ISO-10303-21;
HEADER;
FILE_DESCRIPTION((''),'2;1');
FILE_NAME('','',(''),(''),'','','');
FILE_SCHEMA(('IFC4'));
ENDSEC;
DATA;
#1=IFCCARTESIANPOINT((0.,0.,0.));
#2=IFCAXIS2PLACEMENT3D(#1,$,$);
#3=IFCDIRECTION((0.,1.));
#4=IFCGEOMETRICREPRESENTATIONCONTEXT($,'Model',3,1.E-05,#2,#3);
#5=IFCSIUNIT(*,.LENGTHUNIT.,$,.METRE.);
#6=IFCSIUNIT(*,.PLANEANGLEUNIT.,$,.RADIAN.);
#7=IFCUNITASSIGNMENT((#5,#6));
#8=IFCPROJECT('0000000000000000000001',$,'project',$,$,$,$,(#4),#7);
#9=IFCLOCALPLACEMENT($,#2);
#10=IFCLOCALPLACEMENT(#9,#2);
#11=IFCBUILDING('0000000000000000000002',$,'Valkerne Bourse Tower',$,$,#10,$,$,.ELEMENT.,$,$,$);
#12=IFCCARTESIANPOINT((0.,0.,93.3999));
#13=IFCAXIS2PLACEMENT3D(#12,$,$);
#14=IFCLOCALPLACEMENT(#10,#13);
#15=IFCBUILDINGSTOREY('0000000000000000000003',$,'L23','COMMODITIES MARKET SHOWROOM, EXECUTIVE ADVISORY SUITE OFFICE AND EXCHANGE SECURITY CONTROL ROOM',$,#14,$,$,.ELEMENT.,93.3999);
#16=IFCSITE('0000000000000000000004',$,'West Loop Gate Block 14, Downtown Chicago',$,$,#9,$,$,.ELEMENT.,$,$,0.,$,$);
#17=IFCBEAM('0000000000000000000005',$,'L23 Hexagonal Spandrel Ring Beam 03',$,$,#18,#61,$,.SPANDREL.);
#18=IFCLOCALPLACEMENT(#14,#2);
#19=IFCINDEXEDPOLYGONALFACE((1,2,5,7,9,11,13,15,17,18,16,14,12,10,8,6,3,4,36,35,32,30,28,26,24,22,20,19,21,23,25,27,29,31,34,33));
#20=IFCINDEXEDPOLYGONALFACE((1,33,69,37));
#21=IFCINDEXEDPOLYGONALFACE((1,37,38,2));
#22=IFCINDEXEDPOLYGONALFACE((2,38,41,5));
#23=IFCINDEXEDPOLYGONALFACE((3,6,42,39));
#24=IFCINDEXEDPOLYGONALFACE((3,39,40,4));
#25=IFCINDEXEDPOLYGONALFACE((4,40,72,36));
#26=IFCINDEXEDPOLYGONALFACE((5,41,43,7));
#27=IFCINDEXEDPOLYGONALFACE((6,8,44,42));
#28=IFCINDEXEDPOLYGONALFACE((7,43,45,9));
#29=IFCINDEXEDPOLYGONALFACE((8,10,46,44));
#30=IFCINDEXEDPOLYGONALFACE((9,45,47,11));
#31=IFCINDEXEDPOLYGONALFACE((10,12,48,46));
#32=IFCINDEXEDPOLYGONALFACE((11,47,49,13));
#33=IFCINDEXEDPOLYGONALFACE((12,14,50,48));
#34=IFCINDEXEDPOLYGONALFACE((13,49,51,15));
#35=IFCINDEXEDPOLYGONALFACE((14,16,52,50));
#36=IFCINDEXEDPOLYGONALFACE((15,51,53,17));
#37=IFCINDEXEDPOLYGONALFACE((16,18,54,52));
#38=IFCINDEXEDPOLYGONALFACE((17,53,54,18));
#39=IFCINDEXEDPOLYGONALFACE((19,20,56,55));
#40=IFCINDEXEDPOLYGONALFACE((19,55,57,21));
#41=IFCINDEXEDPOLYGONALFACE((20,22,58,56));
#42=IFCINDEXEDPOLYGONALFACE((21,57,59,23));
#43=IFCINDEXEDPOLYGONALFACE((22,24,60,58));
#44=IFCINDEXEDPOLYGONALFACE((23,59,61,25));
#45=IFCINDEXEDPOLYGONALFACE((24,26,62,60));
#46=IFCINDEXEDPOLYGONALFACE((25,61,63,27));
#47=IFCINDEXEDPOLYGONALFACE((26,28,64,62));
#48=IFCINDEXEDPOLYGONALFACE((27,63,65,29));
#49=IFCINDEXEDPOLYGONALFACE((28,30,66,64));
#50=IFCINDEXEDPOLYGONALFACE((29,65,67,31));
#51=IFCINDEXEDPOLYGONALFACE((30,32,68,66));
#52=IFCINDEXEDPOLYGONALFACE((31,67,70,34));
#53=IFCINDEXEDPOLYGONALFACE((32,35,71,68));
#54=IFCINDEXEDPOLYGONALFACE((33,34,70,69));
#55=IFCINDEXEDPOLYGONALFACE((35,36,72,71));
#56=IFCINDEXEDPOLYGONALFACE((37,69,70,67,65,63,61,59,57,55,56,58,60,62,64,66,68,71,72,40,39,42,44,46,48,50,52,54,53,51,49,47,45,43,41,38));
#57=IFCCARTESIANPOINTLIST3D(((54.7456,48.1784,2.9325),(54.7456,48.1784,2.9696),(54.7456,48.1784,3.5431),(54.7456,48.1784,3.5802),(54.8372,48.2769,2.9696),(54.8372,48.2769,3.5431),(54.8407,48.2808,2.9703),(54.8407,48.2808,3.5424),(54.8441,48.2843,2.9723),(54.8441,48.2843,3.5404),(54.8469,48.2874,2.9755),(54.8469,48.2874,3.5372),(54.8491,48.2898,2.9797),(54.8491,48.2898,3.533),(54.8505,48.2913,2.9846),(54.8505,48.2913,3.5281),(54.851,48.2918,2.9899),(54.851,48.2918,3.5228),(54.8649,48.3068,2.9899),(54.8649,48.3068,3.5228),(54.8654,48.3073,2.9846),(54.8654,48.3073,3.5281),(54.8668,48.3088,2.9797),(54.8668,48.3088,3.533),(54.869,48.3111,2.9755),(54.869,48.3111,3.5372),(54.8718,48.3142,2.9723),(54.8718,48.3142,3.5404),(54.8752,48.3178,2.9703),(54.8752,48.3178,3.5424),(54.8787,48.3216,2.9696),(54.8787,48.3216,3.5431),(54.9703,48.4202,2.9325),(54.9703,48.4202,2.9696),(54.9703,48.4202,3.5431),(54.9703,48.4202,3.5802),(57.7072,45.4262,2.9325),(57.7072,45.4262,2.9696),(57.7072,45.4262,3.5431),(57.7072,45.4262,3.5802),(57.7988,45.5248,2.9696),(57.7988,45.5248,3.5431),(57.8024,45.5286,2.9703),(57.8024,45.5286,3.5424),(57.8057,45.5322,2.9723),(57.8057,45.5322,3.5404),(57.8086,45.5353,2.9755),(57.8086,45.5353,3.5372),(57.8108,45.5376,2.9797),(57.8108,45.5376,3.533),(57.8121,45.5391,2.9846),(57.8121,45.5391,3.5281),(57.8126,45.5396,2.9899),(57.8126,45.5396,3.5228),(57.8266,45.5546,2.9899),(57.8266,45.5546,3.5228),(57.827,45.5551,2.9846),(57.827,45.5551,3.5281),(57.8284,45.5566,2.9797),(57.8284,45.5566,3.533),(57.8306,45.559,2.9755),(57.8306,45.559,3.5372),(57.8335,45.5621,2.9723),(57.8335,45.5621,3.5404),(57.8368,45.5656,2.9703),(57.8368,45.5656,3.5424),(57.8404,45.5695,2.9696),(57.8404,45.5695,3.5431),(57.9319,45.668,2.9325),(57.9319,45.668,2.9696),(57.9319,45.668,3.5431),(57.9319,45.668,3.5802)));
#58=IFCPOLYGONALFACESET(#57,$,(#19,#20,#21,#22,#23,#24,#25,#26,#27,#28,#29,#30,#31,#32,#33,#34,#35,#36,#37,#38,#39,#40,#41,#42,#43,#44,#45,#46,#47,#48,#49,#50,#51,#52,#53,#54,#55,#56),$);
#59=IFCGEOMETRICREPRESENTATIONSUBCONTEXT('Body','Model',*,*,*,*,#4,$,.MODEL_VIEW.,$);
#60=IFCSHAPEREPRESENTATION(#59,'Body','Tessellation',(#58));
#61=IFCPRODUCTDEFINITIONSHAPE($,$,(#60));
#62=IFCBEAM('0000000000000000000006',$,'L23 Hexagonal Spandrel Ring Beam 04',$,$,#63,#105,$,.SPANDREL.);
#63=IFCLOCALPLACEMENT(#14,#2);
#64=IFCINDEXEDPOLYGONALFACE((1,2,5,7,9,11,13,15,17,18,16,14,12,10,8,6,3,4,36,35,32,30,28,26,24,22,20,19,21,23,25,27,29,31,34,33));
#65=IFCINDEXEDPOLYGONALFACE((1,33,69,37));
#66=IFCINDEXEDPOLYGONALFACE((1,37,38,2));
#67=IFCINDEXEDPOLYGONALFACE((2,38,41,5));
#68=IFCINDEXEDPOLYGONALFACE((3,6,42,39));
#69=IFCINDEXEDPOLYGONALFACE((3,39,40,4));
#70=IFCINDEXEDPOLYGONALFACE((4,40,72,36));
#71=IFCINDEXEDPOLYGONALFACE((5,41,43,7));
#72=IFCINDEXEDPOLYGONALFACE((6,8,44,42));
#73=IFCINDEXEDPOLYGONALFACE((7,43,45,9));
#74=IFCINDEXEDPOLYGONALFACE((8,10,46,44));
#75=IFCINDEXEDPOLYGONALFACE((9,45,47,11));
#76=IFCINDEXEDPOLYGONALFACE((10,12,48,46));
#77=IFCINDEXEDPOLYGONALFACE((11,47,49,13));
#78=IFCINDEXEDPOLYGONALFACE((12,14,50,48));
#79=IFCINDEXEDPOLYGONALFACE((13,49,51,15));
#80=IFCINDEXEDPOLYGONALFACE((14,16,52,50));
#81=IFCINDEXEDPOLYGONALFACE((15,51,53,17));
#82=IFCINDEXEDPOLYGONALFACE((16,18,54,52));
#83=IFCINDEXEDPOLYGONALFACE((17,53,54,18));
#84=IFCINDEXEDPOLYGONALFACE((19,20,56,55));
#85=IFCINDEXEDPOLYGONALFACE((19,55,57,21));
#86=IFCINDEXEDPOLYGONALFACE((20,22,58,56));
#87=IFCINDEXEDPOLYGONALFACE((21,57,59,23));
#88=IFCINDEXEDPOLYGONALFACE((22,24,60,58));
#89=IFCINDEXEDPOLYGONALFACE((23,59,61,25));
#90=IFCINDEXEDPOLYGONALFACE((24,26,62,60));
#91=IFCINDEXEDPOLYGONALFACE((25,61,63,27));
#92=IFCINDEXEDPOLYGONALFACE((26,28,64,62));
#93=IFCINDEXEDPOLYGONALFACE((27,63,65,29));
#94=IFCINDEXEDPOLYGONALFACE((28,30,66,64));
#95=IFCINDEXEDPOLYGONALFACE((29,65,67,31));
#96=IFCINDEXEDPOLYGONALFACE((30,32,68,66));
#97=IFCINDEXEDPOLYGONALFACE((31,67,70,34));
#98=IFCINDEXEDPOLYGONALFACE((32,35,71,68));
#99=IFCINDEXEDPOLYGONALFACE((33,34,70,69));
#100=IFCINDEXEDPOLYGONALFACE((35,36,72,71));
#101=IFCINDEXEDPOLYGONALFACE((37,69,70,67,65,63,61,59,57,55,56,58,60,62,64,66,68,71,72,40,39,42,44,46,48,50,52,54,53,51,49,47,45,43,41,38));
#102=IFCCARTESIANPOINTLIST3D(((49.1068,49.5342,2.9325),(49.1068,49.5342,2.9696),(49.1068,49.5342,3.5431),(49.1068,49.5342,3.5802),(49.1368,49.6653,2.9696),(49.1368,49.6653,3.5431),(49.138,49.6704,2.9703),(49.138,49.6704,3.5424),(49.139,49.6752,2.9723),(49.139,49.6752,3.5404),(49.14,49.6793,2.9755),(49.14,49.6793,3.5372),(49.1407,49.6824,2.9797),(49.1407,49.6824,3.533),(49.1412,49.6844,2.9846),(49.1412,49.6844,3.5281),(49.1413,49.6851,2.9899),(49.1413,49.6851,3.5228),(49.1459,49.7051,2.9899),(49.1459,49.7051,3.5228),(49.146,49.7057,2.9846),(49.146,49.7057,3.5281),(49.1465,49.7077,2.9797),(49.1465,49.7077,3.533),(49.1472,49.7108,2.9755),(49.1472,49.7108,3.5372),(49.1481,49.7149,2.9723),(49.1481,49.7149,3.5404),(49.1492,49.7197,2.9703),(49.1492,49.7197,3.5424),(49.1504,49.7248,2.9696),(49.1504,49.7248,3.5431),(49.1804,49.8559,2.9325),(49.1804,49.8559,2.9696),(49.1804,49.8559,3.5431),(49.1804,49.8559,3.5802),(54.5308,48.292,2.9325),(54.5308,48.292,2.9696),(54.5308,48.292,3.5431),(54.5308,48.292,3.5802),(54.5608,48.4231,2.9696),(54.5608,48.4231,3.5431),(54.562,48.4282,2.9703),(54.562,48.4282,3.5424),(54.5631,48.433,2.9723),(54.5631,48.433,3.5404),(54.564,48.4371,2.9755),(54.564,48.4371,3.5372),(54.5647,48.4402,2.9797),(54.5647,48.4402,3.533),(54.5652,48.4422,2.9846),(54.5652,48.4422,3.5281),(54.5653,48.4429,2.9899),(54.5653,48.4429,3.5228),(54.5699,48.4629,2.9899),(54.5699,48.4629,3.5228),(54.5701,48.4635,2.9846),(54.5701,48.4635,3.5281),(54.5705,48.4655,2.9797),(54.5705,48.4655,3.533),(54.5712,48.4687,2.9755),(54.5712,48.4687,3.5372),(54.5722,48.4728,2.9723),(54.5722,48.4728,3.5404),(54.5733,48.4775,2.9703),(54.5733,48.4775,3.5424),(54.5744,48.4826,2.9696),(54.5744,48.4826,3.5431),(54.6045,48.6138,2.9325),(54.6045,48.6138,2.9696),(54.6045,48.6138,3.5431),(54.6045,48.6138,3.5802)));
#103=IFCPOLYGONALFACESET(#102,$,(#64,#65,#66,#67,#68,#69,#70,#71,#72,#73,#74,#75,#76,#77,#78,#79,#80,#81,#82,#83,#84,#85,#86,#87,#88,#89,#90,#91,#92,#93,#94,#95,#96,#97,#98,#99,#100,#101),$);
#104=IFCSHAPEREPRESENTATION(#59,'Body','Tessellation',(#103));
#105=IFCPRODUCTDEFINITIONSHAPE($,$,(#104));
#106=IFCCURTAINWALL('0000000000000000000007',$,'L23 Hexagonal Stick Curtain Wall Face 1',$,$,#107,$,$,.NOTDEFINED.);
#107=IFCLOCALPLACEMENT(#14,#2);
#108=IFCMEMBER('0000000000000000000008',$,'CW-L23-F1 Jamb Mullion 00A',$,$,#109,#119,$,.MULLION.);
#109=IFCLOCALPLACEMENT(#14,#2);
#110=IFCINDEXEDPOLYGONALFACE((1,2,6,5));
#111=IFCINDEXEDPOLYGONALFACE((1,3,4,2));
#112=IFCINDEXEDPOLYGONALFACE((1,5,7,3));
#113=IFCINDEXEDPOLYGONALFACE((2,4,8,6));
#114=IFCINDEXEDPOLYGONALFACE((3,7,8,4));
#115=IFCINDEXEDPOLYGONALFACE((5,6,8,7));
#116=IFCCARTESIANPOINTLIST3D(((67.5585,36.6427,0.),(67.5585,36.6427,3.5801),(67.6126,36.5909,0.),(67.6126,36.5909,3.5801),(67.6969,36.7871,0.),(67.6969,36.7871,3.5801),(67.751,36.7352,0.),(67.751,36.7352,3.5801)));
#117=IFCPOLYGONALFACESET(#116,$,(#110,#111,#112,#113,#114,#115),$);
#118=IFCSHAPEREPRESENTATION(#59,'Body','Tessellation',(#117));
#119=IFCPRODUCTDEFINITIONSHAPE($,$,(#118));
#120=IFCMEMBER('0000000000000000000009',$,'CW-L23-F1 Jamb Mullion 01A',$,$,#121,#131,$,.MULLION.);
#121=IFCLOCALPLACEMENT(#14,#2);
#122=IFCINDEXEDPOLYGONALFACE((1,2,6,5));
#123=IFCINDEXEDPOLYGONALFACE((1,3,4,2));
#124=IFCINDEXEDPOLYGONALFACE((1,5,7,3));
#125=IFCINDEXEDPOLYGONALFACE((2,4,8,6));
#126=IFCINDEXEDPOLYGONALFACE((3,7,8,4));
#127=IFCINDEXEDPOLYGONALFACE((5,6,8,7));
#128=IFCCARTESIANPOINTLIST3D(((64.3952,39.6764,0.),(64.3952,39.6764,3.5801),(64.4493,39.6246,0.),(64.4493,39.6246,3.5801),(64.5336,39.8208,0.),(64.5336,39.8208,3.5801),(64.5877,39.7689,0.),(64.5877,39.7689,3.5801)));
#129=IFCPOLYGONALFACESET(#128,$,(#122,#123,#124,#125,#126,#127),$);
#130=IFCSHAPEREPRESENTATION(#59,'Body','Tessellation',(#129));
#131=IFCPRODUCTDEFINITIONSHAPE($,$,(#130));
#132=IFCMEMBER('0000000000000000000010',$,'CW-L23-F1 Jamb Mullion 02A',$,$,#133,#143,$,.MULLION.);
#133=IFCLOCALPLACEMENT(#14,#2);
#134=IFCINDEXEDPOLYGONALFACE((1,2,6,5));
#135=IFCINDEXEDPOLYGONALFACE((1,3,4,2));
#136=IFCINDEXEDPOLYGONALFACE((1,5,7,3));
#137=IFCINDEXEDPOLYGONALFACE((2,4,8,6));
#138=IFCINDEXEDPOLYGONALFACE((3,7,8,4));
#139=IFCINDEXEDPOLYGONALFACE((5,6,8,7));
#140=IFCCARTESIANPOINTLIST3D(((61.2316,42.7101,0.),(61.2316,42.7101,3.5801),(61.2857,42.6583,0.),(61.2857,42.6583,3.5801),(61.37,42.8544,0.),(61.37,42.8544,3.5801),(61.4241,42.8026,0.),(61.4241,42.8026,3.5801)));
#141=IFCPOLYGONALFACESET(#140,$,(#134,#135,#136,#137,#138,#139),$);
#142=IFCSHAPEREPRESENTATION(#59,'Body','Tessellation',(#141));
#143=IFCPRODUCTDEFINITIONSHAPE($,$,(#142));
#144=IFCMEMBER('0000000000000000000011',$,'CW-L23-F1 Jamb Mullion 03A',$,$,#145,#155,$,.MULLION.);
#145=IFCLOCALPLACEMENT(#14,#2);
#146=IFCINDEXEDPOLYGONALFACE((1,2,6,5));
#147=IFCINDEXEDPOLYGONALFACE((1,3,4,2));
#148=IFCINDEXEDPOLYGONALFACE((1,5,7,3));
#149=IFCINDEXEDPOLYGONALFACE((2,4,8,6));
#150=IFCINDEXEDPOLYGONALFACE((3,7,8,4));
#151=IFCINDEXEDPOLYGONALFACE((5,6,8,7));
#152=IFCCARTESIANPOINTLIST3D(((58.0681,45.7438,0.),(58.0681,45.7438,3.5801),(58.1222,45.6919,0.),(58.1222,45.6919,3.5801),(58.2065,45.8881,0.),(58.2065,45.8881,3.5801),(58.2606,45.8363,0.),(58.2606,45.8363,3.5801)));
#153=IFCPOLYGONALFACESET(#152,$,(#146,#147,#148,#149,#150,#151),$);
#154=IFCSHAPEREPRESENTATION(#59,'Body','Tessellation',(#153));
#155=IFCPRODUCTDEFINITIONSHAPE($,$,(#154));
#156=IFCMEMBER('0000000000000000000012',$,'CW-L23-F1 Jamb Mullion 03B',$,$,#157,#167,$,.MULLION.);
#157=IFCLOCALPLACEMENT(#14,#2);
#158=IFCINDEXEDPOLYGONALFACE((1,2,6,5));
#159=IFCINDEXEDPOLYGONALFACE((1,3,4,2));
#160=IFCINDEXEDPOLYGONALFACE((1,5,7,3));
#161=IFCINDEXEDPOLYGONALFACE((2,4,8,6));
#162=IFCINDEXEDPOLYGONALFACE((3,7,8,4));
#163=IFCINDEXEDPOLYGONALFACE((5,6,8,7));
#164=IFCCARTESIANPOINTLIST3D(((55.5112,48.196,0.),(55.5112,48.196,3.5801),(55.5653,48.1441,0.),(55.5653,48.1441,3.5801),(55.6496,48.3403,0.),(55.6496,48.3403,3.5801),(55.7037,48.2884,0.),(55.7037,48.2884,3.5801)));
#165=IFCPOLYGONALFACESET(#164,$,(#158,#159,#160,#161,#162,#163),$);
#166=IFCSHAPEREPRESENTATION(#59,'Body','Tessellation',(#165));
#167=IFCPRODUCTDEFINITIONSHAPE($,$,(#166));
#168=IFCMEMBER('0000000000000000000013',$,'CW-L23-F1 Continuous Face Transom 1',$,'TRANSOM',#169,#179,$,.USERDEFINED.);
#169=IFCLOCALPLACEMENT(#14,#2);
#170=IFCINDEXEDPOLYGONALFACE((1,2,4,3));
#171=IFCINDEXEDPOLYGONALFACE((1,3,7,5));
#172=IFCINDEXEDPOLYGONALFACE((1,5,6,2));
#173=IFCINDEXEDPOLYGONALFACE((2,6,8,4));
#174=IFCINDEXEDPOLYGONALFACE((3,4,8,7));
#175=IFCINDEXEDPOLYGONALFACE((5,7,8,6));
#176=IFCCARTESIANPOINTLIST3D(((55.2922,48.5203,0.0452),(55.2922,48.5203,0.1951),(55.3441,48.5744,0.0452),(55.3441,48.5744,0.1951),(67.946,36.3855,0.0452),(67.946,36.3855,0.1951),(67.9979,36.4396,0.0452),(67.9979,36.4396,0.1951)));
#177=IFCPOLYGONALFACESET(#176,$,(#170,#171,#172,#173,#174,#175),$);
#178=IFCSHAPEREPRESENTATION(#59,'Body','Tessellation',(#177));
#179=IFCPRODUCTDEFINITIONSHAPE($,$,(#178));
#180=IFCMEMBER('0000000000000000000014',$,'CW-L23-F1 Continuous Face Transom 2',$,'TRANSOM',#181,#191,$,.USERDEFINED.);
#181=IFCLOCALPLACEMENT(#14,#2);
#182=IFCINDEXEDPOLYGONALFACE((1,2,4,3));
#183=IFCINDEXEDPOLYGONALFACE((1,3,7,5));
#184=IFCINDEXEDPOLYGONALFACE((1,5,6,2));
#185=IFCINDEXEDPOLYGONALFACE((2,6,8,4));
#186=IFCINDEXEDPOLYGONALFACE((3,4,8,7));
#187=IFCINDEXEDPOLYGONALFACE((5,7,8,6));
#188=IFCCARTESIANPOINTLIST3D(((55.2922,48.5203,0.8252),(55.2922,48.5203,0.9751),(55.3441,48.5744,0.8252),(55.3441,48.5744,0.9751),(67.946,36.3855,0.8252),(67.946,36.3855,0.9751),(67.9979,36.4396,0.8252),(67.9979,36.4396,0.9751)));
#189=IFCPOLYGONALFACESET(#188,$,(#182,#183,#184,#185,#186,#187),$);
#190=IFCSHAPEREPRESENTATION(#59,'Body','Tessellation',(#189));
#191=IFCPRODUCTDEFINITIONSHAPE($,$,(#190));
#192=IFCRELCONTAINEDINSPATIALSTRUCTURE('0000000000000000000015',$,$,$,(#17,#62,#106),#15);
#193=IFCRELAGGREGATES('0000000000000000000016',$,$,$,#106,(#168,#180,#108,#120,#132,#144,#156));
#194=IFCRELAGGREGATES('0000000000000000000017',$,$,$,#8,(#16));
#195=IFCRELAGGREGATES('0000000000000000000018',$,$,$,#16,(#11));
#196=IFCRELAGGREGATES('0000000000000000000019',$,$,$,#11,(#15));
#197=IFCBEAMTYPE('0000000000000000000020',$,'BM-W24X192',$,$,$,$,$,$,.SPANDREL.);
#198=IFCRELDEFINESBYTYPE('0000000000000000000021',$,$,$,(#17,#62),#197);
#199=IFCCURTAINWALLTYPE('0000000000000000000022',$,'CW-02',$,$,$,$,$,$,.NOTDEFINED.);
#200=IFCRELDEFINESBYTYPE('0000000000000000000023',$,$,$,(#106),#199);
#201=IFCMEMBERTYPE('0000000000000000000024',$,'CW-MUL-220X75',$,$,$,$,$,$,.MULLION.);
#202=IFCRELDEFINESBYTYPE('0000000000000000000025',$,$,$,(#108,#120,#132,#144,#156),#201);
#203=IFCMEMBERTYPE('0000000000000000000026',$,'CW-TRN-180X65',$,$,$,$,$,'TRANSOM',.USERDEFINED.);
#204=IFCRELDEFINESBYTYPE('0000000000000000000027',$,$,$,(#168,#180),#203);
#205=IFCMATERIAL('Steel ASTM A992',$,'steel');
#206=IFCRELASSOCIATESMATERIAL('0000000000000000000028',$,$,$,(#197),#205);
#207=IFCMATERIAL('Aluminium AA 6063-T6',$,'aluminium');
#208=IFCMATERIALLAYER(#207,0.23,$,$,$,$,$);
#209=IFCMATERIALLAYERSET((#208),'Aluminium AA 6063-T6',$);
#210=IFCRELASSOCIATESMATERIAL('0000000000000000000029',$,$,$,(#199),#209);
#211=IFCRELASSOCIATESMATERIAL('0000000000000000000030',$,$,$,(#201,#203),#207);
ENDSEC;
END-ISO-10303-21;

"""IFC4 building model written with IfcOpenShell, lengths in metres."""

from ifc_helpers import new_model, si_unit, direction, frame, origin, origin_2d, place, context, subcontext, project, spatial, rectangle, i_section, extrude, material, layer, layer_set, material_profile, profile_set, type_object, element, aggregate, save


model = new_model("IFC4")

# Units and contexts
model_context = context("Model", 3, precision=1e-05, world=origin(), true_north=direction((0.0, 1.0)))
body_context = subcontext(model_context, "Body", "Model", "MODEL_VIEW")
ifc_project = project(units=[si_unit("LENGTHUNIT", "METRE"), si_unit("PLANEANGLEUNIT", "RADIAN")], contexts=[model_context])

# Site, building, storey
site_placement = place(None, origin())
site = spatial("IfcSite", under=ifc_project, at=site_placement, Name="West Loop Gate Block 14, Downtown Chicago", CompositionType="ELEMENT", RefElevation=0.0)
building_placement = place(site_placement, origin())
building = spatial("IfcBuilding", under=site, at=building_placement, Name="Valkerne Bourse Tower", CompositionType="ELEMENT")
storey_placement = place(building_placement, frame((0.0, 0.0, 93.3999)))
storey = spatial("IfcBuildingStorey", under=building, at=storey_placement, Name="L23", Description="COMMODITIES MARKET SHOWROOM, EXECUTIVE ADVISORY SUITE OFFICE AND EXCHANGE SECURITY CONTROL ROOM", CompositionType="ELEMENT", Elevation=93.3999)

# Beams
ifc_material_1 = material(Name="Steel ASTM A992", Category="steel")
ifc_material_profile_1 = material_profile(ifc_material_1, i_section(OverallWidth=0.3301, OverallDepth=0.6477, WebThickness=0.0205, FlangeThickness=0.0371, FilletRadius=0.0203, at=origin_2d()), Name="W24X192")
ifc_profile_set_1 = profile_set([ifc_material_profile_1], Name="Steel ASTM A992")
beam_type = type_object("IfcBeamType", Name="BM-W24X192", PredefinedType="SPANDREL", material=ifc_profile_set_1)
beam_1_placement = place(storey_placement, frame((57.8196, 45.5471, 3.2563), z_axis=(-0.732538, 0.680727, 0.0), x_axis=(-0.680727, -0.732538, 0.0)))
element("IfcBeam", 1, at=beam_1_placement, inside=storey, type_object=beam_type, Name="L23 Hexagonal Spandrel Ring Beam 03", PredefinedType="SPANDREL", context=body_context, shape_type="SweptSolid", body=[
    extrude(i_section(OverallWidth=0.3301, OverallDepth=0.6477, WebThickness=0.0205, FlangeThickness=0.0371, FilletRadius=0.0203, at=origin_2d()), origin(), (0.0, 0.0, 1.0), 4.043),
])
beam_2_placement = place(storey_placement, frame((54.5676, 48.4529, 3.2563), z_axis=(-0.974765, 0.223235, 0.0), x_axis=(-0.223235, -0.974765, 0.0)))
element("IfcBeam", 2, at=beam_2_placement, inside=storey, type_object=beam_type, Name="L23 Hexagonal Spandrel Ring Beam 04", PredefinedType="SPANDREL", context=body_context, shape_type="SweptSolid", body=[
    extrude(i_section(OverallWidth=0.3301, OverallDepth=0.6477, WebThickness=0.0205, FlangeThickness=0.0371, FilletRadius=0.0203, at=origin_2d()), origin(), (0.0, 0.0, 1.0), 5.5645),
])

# Curtain wall, members
ifc_material_2 = material(Name="Aluminium AA 6063-T6", Category="aluminium")
ifc_layer_1 = layer(ifc_material_2, 0.23)
ifc_layer_set_1 = layer_set([ifc_layer_1], Name="Aluminium AA 6063-T6")
curtain_wall_type = type_object("IfcCurtainWallType", Name="CW-02", PredefinedType="NOTDEFINED", material=ifc_layer_set_1)
curtain_wall_placement = place(storey_placement, origin())
curtain_wall = element("IfcCurtainWall", 3, at=curtain_wall_placement, inside=storey, type_object=curtain_wall_type, Name="L23 Hexagonal Stick Curtain Wall Face 1", PredefinedType="NOTDEFINED")
ifc_material_profile_2 = material_profile(ifc_material_2, rectangle(XDim=0.075, YDim=0.2, at=origin_2d()), Name="CWM-75X200")
ifc_profile_set_2 = profile_set([ifc_material_profile_2], Name="Aluminium AA 6063-T6")
member_type_1 = type_object("IfcMemberType", Name="CW-MUL-220X75", PredefinedType="MULLION", material=ifc_profile_set_2)
member_1_placement = place(storey_placement, frame((67.6548, 36.689, 0.0), z_axis=(0.0, 0.0, 1.0), x_axis=(-0.721759, 0.692145, 0.0)))
member_1 = element("IfcMember", 4, at=member_1_placement, type_object=member_type_1, Name="CW-L23-F1 Jamb Mullion 00A", PredefinedType="MULLION", context=body_context, shape_type="SweptSolid", body=[
    extrude(rectangle(XDim=0.075, YDim=0.2, at=origin_2d()), origin(), (0.0, 0.0, 1.0), 3.5801),
])
member_2_placement = place(storey_placement, frame((64.4915, 39.7227, 0.0), z_axis=(0.0, 0.0, 1.0), x_axis=(-0.721759, 0.692145, 0.0)))
member_2 = element("IfcMember", 5, at=member_2_placement, type_object=member_type_1, Name="CW-L23-F1 Jamb Mullion 01A", PredefinedType="MULLION", context=body_context, shape_type="SweptSolid", body=[
    extrude(rectangle(XDim=0.075, YDim=0.2, at=origin_2d()), origin(), (0.0, 0.0, 1.0), 3.5801),
])
member_3_placement = place(storey_placement, frame((61.3279, 42.7563, 0.0), z_axis=(0.0, 0.0, 1.0), x_axis=(-0.72177, 0.692133, 0.0)))
member_3 = element("IfcMember", 6, at=member_3_placement, type_object=member_type_1, Name="CW-L23-F1 Jamb Mullion 02A", PredefinedType="MULLION", context=body_context, shape_type="SweptSolid", body=[
    extrude(rectangle(XDim=0.075, YDim=0.2, at=origin_2d()), origin(), (0.0, 0.0, 1.0), 3.5801),
])
member_4_placement = place(storey_placement, frame((58.1643, 45.79, 0.0), z_axis=(0.0, 0.0, 1.0), x_axis=(-0.721748, 0.692156, 0.0)))
member_4 = element("IfcMember", 7, at=member_4_placement, type_object=member_type_1, Name="CW-L23-F1 Jamb Mullion 03A", PredefinedType="MULLION", context=body_context, shape_type="SweptSolid", body=[
    extrude(rectangle(XDim=0.075, YDim=0.2, at=origin_2d()), origin(), (0.0, 0.0, 1.0), 3.5801),
])
member_5_placement = place(storey_placement, frame((55.6074, 48.2422, 0.0), z_axis=(0.0, 0.0, 1.0), x_axis=(-0.721748, 0.692156, 0.0)))
member_5 = element("IfcMember", 8, at=member_5_placement, type_object=member_type_1, Name="CW-L23-F1 Jamb Mullion 03B", PredefinedType="MULLION", context=body_context, shape_type="SweptSolid", body=[
    extrude(rectangle(XDim=0.075, YDim=0.2, at=origin_2d()), origin(), (0.0, 0.0, 1.0), 3.5801),
])
ifc_material_profile_3 = material_profile(ifc_material_2, rectangle(XDim=0.075, YDim=0.1499, at=origin_2d()), Name="CWT-75X150")
ifc_profile_set_3 = profile_set([ifc_material_profile_3], Name="Aluminium AA 6063-T6")
member_type_2 = type_object("IfcMemberType", Name="CW-TRN-180X65", ElementType="TRANSOM", PredefinedType="USERDEFINED", material=ifc_profile_set_3)
member_6_placement = place(storey_placement, frame((67.9719, 36.4126, 0.1201), z_axis=(-0.721755, 0.692149, 0.0), x_axis=(-0.692149, -0.721755, 0.0)))
member_6 = element("IfcMember", 9, at=member_6_placement, type_object=member_type_2, Name="CW-L23-F1 Continuous Face Transom 1", ObjectType="TRANSOM", PredefinedType="USERDEFINED", context=body_context, shape_type="SweptSolid", body=[
    extrude(rectangle(XDim=0.075, YDim=0.1499, at=origin_2d()), origin(), (0.0, 0.0, 1.0), 17.532),
])
member_7_placement = place(storey_placement, frame((67.9719, 36.4126, 0.9001), z_axis=(-0.721755, 0.692149, 0.0), x_axis=(-0.692149, -0.721755, 0.0)))
member_7 = element("IfcMember", 10, at=member_7_placement, type_object=member_type_2, Name="CW-L23-F1 Continuous Face Transom 2", ObjectType="TRANSOM", PredefinedType="USERDEFINED", context=body_context, shape_type="SweptSolid", body=[
    extrude(rectangle(XDim=0.075, YDim=0.1499, at=origin_2d()), origin(), (0.0, 0.0, 1.0), 17.532),
])

aggregate(curtain_wall, [member_6, member_7, member_1, member_2, member_3, member_4, member_5])

save(model, "model.ifc")
